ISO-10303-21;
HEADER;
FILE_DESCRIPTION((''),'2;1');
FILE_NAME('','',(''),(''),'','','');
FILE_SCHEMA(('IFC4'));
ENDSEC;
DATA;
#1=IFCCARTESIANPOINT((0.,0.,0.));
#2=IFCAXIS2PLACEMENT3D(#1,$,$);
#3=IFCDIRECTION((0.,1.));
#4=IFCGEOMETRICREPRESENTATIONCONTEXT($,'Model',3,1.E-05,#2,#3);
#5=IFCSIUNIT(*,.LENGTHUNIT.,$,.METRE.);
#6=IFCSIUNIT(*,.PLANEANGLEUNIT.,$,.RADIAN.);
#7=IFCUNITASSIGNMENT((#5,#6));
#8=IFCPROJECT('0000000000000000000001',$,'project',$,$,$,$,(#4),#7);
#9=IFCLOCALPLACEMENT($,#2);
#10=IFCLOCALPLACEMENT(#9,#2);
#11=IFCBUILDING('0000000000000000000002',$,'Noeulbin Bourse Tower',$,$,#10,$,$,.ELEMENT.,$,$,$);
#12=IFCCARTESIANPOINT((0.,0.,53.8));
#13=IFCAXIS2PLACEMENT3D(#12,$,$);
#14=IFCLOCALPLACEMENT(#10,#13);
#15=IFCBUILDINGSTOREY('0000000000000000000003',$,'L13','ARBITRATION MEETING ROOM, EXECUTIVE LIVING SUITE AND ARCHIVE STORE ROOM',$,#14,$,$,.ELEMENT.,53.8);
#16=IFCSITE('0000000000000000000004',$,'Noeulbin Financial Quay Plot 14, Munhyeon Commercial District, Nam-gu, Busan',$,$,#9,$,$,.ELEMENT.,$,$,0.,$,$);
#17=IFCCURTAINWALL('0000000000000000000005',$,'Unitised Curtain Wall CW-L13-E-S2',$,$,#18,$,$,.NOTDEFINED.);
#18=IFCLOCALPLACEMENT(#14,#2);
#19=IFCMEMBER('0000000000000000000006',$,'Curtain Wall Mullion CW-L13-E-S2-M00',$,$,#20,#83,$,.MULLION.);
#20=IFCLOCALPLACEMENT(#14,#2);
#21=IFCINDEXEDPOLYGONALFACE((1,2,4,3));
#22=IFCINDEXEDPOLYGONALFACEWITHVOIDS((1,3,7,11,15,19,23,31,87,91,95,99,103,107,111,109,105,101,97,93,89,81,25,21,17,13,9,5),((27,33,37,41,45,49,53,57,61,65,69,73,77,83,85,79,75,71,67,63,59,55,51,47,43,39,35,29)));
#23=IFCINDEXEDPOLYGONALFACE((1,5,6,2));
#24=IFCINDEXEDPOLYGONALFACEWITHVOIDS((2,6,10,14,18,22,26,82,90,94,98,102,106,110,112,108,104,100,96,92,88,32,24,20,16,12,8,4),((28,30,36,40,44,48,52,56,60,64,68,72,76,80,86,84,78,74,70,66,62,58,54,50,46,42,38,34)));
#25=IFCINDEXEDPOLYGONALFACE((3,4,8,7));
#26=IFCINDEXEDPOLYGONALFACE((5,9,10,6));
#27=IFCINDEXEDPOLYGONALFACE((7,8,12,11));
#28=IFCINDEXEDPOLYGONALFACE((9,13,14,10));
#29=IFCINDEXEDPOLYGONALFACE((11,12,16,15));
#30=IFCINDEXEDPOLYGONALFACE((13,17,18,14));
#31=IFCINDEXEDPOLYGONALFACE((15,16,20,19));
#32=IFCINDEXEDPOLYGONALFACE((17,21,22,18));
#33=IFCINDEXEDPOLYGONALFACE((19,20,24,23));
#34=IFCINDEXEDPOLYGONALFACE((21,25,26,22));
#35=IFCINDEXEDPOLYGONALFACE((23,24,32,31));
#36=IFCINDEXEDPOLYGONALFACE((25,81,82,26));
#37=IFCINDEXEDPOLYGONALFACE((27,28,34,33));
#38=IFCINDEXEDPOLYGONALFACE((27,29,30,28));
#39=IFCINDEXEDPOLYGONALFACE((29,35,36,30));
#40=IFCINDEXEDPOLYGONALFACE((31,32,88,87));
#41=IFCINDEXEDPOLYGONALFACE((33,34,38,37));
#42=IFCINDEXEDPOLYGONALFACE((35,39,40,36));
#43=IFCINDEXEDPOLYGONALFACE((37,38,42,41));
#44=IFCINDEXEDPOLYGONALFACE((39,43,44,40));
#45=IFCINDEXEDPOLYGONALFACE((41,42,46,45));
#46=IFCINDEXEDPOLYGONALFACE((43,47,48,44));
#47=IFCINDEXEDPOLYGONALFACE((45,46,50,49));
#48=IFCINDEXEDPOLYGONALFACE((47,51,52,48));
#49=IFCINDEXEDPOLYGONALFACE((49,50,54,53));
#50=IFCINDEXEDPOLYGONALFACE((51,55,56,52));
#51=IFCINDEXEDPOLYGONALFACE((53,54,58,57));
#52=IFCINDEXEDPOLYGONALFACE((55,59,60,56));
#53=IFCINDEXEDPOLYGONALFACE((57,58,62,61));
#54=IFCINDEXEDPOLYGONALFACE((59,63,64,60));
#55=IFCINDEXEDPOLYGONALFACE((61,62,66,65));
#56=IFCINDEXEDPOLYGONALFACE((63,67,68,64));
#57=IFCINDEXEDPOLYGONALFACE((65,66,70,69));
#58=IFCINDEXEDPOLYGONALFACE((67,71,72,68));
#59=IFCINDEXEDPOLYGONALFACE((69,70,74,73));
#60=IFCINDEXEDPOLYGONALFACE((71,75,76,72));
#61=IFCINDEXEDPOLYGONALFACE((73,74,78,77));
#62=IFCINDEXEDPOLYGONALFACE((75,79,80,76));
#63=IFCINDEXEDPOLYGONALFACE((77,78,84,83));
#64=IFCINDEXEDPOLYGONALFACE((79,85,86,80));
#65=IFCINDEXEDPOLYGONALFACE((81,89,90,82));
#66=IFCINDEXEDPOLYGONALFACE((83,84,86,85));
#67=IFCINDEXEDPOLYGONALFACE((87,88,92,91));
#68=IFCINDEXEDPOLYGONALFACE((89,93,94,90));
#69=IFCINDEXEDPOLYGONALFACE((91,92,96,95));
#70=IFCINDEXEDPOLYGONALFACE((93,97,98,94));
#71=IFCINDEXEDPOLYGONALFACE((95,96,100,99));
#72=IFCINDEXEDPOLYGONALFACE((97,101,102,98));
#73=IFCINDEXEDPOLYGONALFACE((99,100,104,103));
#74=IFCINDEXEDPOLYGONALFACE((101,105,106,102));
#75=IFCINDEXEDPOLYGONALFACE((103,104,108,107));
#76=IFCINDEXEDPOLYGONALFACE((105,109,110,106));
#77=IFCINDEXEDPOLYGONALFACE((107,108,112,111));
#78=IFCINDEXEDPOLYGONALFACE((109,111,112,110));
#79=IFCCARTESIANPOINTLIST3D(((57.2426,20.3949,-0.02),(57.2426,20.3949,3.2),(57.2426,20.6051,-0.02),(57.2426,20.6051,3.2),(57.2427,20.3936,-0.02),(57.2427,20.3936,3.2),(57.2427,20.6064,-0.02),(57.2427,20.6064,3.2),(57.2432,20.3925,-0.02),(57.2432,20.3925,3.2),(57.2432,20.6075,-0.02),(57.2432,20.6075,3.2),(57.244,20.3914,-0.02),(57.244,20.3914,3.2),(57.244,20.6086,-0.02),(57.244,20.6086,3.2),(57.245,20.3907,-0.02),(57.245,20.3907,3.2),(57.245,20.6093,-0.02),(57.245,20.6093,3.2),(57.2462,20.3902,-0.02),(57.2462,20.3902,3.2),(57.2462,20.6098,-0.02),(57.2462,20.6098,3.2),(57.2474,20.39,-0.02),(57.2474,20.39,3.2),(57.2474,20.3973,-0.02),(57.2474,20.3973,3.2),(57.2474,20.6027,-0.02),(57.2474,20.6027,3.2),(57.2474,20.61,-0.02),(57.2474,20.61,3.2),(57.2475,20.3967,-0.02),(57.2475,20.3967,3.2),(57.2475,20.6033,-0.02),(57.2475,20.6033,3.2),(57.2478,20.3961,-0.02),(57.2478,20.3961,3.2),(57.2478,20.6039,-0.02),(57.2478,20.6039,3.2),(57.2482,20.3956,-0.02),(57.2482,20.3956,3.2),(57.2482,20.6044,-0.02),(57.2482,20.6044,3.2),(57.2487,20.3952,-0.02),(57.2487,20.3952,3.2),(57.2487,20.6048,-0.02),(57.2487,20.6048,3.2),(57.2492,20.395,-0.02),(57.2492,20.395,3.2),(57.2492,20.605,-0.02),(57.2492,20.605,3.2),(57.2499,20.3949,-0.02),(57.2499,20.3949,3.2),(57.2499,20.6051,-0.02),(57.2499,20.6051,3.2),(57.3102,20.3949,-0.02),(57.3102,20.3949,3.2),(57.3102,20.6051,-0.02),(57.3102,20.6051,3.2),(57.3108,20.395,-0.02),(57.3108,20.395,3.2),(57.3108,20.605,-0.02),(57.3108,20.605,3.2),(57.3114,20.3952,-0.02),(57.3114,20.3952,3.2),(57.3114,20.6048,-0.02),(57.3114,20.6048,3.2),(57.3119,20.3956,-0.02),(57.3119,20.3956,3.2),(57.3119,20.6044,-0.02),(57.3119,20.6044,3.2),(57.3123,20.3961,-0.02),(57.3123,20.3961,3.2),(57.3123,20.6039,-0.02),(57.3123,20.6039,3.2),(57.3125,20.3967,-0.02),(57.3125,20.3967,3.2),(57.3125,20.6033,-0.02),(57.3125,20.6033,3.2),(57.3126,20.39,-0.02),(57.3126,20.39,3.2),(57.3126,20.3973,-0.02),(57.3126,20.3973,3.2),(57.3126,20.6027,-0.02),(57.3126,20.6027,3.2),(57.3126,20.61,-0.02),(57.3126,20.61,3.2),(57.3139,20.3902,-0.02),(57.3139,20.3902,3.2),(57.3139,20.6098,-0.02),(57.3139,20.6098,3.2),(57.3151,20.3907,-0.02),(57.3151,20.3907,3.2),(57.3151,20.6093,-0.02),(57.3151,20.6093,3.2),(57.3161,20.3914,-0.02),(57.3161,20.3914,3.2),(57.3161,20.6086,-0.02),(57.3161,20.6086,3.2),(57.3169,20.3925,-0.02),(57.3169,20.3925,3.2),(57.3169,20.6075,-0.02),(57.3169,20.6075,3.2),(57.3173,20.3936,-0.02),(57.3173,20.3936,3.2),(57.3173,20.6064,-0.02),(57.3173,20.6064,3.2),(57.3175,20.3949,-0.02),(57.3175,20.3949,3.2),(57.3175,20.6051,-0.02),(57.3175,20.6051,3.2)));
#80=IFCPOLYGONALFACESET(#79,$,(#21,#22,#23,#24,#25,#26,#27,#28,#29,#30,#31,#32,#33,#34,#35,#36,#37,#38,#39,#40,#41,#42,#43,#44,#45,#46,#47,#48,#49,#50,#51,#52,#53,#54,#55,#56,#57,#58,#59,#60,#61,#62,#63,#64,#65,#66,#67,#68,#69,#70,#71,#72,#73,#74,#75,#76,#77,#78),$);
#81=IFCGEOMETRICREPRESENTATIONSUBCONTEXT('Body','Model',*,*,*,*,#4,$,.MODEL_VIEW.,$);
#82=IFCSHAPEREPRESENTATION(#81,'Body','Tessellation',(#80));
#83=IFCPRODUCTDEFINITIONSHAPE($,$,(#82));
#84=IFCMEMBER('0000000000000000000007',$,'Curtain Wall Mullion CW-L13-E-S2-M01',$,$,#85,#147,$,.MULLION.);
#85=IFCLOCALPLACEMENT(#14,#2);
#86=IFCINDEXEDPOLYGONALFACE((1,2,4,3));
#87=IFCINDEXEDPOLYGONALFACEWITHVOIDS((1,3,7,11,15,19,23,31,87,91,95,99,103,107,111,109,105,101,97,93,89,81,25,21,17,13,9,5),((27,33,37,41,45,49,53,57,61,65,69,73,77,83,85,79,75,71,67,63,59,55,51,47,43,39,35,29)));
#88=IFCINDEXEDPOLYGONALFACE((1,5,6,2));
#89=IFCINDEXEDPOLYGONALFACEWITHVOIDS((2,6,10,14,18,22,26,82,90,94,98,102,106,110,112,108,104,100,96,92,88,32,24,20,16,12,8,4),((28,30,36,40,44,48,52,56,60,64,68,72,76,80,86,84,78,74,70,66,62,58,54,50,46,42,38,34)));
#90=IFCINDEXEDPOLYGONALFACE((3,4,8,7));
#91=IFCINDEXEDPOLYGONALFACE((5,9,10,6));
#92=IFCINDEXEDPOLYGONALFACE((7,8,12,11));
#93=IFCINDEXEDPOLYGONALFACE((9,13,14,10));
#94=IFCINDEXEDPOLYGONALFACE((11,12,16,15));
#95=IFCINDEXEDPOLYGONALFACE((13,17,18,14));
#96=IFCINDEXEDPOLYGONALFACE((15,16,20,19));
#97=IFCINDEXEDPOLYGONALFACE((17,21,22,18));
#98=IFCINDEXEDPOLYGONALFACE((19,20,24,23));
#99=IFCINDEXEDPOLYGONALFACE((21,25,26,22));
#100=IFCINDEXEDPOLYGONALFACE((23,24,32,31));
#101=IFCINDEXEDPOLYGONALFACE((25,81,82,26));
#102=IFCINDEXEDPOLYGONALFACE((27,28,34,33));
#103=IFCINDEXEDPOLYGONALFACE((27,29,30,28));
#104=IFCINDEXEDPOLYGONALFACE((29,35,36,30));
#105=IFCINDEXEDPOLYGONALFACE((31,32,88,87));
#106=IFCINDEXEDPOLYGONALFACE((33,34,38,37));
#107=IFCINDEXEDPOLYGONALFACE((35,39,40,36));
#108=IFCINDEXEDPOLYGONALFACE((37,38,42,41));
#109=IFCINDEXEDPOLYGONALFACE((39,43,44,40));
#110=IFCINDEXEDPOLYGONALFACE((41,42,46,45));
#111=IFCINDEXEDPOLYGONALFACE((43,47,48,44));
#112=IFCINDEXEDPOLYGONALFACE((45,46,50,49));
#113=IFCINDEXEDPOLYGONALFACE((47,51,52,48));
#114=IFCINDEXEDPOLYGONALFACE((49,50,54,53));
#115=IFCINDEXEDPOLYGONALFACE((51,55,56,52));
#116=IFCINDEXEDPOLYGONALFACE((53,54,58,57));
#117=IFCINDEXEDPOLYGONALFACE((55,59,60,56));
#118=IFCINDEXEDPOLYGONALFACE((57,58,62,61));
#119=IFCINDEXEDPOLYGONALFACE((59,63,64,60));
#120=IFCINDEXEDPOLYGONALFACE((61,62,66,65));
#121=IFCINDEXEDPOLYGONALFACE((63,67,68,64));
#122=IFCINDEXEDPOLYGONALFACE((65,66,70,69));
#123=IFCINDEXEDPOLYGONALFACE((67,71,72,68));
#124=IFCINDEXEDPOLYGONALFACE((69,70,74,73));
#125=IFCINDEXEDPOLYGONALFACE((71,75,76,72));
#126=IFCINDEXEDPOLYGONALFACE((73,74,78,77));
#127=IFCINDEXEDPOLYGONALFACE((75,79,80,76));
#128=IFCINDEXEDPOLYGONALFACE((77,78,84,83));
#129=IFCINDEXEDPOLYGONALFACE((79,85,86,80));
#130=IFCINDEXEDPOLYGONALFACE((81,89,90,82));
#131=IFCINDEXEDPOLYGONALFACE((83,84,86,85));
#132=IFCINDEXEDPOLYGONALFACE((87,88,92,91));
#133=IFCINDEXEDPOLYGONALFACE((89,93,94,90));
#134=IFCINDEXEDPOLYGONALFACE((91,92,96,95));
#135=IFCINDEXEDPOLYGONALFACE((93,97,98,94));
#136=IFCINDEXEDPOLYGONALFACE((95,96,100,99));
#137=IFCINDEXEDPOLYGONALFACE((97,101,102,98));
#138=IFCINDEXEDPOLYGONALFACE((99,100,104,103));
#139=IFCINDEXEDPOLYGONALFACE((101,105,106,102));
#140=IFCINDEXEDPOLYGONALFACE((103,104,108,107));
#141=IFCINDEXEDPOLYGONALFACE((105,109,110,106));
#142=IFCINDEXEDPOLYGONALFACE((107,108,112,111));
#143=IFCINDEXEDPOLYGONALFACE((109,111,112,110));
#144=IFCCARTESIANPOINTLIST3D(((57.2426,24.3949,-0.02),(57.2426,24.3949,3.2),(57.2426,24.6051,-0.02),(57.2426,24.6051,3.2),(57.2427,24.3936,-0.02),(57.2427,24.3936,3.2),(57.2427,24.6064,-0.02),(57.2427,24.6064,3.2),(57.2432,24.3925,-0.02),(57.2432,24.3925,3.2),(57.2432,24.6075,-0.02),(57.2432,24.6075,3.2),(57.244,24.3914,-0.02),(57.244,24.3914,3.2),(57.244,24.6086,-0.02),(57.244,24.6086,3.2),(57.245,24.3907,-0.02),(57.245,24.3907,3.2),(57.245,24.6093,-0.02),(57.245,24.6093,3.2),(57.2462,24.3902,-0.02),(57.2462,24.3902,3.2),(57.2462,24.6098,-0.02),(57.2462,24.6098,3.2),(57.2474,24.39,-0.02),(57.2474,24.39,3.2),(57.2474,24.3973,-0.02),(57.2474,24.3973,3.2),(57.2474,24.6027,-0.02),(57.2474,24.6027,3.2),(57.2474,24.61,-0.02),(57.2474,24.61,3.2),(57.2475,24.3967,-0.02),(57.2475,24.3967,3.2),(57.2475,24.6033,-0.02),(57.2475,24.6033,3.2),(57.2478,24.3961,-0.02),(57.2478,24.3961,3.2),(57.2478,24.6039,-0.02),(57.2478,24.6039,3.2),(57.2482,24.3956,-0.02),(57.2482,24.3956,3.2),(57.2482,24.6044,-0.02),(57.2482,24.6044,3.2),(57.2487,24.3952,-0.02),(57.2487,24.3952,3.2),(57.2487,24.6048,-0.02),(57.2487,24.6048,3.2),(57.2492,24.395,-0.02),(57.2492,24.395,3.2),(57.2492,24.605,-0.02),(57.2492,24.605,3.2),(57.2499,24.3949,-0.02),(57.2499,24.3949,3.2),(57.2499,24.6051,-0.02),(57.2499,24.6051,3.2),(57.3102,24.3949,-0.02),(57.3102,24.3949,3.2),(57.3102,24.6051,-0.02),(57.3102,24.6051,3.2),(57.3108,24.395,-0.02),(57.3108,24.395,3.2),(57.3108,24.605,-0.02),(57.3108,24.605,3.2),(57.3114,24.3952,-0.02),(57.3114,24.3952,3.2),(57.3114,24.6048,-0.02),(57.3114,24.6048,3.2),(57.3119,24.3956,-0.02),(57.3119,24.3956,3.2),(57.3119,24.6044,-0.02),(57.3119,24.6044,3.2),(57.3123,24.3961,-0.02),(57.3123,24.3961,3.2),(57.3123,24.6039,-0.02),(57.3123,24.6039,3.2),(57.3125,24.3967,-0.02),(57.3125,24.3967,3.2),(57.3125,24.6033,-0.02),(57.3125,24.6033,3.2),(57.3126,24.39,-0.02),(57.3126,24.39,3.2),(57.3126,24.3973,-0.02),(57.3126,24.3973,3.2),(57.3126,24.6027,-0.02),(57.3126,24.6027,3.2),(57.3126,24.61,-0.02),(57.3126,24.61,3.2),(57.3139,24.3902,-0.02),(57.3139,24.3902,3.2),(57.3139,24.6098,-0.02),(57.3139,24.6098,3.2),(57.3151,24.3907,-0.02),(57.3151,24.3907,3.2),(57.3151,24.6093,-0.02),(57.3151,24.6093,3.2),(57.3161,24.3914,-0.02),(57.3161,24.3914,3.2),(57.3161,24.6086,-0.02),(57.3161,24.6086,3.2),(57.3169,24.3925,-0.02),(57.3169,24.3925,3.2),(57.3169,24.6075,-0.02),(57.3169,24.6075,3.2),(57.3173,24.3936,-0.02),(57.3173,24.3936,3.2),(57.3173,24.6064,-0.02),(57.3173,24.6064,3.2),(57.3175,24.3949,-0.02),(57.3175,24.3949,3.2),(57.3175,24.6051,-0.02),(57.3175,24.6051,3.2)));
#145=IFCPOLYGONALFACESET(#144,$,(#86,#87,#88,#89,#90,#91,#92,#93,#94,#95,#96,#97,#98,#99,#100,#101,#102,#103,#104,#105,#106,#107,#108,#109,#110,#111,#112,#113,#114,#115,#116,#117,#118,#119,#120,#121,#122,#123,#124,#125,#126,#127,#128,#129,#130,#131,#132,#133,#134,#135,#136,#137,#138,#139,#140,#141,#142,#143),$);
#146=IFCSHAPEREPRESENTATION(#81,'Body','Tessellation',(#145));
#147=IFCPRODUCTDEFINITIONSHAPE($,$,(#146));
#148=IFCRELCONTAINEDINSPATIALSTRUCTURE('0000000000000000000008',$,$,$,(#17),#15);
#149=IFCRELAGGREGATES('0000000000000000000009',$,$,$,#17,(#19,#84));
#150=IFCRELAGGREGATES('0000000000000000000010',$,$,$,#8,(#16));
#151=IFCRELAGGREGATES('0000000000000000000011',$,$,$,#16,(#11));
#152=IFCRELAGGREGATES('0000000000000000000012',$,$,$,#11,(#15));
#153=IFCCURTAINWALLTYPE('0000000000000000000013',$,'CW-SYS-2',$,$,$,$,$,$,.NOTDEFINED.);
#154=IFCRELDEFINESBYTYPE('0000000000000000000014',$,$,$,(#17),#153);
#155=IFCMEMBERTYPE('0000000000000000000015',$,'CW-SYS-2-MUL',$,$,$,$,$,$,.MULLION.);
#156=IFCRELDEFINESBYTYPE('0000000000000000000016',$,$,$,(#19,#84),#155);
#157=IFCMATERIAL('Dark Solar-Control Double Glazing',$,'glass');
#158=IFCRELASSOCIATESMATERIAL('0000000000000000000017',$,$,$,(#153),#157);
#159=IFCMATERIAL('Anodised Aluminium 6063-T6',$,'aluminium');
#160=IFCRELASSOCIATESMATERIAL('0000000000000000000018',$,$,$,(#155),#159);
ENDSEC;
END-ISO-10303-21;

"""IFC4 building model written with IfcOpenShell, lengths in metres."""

from ifc_helpers import new_model, si_unit, direction, frame, origin, origin_2d, place, context, subcontext, project, spatial, hollow_rectangle, extrude, material, material_profile, profile_set, type_object, element, aggregate, save


model = new_model("IFC4")

# Units and contexts
model_context = context("Model", 3, precision=1e-05, world=origin(), true_north=direction((0.0, 1.0)))
body_context = subcontext(model_context, "Body", "Model", "MODEL_VIEW")
ifc_project = project(units=[si_unit("LENGTHUNIT", "METRE"), si_unit("PLANEANGLEUNIT", "RADIAN")], contexts=[model_context])

# Site, building, storey
site_placement = place(None, origin())
site = spatial("IfcSite", under=ifc_project, at=site_placement, Name="Noeulbin Financial Quay Plot 14, Munhyeon Commercial District, Nam-gu, Busan", CompositionType="ELEMENT", RefElevation=0.0)
building_placement = place(site_placement, origin())
building = spatial("IfcBuilding", under=site, at=building_placement, Name="Noeulbin Bourse Tower", CompositionType="ELEMENT")
storey_placement = place(building_placement, frame((0.0, 0.0, 53.8)))
storey = spatial("IfcBuildingStorey", under=building, at=storey_placement, Name="L13", Description="ARBITRATION MEETING ROOM, EXECUTIVE LIVING SUITE AND ARCHIVE STORE ROOM", CompositionType="ELEMENT", Elevation=53.8)

# Curtain wall, members
ifc_material_1 = material(Name="Dark Solar-Control Double Glazing", Category="glass")
curtain_wall_type = type_object("IfcCurtainWallType", Name="CW-SYS-2", PredefinedType="NOTDEFINED", material=ifc_material_1)
ifc_material_2 = material(Name="Anodised Aluminium 6063-T6", Category="aluminium")
ifc_material_profile_1 = material_profile(ifc_material_2, hollow_rectangle(XDim=0.075, YDim=0.22, WallThickness=0.0049, InnerFilletRadius=0.0024, OuterFilletRadius=0.0049, at=origin_2d()), Name="ALU-MULL-75x220x5", Category="LoadBearing")
ifc_profile_set_1 = profile_set([ifc_material_profile_1], Name="Anodised Aluminium 6063-T6")
member_type_1 = type_object("IfcMemberType", Name="CW-SYS-2-MUL", PredefinedType="MULLION", material=ifc_profile_set_1)
curtain_wall_1_placement = place(storey_placement, origin())
curtain_wall_1 = element("IfcCurtainWall", 1, at=curtain_wall_1_placement, inside=storey, type_object=curtain_wall_type, Name="Unitised Curtain Wall CW-L13-E-S2", PredefinedType="NOTDEFINED")
member_1_placement = place(storey_placement, frame((57.28, 20.5, -0.02), z_axis=(0.0, 0.0, 1.0), x_axis=(1.0, 0.0, 0.0)))
member_1 = element("IfcMember", 2, at=member_1_placement, type_object=member_type_1, Name="Curtain Wall Mullion CW-L13-E-S2-M00", PredefinedType="MULLION", context=body_context, shape_type="SweptSolid", body=[
    extrude(hollow_rectangle(XDim=0.075, YDim=0.22, WallThickness=0.0049, InnerFilletRadius=0.0024, OuterFilletRadius=0.0049, at=origin_2d()), origin(), (0.0, 0.0, 1.0), 3.22),
])
member_2_placement = place(storey_placement, frame((57.28, 24.5, -0.02), z_axis=(0.0, 0.0, 1.0), x_axis=(1.0, 0.0, 0.0)))
member_2 = element("IfcMember", 3, at=member_2_placement, type_object=member_type_1, Name="Curtain Wall Mullion CW-L13-E-S2-M01", PredefinedType="MULLION", context=body_context, shape_type="SweptSolid", body=[
    extrude(hollow_rectangle(XDim=0.075, YDim=0.22, WallThickness=0.0049, InnerFilletRadius=0.0024, OuterFilletRadius=0.0049, at=origin_2d()), origin(), (0.0, 0.0, 1.0), 3.22),
])

aggregate(curtain_wall_1, [member_1, member_2])

save(model, "model.ifc")
